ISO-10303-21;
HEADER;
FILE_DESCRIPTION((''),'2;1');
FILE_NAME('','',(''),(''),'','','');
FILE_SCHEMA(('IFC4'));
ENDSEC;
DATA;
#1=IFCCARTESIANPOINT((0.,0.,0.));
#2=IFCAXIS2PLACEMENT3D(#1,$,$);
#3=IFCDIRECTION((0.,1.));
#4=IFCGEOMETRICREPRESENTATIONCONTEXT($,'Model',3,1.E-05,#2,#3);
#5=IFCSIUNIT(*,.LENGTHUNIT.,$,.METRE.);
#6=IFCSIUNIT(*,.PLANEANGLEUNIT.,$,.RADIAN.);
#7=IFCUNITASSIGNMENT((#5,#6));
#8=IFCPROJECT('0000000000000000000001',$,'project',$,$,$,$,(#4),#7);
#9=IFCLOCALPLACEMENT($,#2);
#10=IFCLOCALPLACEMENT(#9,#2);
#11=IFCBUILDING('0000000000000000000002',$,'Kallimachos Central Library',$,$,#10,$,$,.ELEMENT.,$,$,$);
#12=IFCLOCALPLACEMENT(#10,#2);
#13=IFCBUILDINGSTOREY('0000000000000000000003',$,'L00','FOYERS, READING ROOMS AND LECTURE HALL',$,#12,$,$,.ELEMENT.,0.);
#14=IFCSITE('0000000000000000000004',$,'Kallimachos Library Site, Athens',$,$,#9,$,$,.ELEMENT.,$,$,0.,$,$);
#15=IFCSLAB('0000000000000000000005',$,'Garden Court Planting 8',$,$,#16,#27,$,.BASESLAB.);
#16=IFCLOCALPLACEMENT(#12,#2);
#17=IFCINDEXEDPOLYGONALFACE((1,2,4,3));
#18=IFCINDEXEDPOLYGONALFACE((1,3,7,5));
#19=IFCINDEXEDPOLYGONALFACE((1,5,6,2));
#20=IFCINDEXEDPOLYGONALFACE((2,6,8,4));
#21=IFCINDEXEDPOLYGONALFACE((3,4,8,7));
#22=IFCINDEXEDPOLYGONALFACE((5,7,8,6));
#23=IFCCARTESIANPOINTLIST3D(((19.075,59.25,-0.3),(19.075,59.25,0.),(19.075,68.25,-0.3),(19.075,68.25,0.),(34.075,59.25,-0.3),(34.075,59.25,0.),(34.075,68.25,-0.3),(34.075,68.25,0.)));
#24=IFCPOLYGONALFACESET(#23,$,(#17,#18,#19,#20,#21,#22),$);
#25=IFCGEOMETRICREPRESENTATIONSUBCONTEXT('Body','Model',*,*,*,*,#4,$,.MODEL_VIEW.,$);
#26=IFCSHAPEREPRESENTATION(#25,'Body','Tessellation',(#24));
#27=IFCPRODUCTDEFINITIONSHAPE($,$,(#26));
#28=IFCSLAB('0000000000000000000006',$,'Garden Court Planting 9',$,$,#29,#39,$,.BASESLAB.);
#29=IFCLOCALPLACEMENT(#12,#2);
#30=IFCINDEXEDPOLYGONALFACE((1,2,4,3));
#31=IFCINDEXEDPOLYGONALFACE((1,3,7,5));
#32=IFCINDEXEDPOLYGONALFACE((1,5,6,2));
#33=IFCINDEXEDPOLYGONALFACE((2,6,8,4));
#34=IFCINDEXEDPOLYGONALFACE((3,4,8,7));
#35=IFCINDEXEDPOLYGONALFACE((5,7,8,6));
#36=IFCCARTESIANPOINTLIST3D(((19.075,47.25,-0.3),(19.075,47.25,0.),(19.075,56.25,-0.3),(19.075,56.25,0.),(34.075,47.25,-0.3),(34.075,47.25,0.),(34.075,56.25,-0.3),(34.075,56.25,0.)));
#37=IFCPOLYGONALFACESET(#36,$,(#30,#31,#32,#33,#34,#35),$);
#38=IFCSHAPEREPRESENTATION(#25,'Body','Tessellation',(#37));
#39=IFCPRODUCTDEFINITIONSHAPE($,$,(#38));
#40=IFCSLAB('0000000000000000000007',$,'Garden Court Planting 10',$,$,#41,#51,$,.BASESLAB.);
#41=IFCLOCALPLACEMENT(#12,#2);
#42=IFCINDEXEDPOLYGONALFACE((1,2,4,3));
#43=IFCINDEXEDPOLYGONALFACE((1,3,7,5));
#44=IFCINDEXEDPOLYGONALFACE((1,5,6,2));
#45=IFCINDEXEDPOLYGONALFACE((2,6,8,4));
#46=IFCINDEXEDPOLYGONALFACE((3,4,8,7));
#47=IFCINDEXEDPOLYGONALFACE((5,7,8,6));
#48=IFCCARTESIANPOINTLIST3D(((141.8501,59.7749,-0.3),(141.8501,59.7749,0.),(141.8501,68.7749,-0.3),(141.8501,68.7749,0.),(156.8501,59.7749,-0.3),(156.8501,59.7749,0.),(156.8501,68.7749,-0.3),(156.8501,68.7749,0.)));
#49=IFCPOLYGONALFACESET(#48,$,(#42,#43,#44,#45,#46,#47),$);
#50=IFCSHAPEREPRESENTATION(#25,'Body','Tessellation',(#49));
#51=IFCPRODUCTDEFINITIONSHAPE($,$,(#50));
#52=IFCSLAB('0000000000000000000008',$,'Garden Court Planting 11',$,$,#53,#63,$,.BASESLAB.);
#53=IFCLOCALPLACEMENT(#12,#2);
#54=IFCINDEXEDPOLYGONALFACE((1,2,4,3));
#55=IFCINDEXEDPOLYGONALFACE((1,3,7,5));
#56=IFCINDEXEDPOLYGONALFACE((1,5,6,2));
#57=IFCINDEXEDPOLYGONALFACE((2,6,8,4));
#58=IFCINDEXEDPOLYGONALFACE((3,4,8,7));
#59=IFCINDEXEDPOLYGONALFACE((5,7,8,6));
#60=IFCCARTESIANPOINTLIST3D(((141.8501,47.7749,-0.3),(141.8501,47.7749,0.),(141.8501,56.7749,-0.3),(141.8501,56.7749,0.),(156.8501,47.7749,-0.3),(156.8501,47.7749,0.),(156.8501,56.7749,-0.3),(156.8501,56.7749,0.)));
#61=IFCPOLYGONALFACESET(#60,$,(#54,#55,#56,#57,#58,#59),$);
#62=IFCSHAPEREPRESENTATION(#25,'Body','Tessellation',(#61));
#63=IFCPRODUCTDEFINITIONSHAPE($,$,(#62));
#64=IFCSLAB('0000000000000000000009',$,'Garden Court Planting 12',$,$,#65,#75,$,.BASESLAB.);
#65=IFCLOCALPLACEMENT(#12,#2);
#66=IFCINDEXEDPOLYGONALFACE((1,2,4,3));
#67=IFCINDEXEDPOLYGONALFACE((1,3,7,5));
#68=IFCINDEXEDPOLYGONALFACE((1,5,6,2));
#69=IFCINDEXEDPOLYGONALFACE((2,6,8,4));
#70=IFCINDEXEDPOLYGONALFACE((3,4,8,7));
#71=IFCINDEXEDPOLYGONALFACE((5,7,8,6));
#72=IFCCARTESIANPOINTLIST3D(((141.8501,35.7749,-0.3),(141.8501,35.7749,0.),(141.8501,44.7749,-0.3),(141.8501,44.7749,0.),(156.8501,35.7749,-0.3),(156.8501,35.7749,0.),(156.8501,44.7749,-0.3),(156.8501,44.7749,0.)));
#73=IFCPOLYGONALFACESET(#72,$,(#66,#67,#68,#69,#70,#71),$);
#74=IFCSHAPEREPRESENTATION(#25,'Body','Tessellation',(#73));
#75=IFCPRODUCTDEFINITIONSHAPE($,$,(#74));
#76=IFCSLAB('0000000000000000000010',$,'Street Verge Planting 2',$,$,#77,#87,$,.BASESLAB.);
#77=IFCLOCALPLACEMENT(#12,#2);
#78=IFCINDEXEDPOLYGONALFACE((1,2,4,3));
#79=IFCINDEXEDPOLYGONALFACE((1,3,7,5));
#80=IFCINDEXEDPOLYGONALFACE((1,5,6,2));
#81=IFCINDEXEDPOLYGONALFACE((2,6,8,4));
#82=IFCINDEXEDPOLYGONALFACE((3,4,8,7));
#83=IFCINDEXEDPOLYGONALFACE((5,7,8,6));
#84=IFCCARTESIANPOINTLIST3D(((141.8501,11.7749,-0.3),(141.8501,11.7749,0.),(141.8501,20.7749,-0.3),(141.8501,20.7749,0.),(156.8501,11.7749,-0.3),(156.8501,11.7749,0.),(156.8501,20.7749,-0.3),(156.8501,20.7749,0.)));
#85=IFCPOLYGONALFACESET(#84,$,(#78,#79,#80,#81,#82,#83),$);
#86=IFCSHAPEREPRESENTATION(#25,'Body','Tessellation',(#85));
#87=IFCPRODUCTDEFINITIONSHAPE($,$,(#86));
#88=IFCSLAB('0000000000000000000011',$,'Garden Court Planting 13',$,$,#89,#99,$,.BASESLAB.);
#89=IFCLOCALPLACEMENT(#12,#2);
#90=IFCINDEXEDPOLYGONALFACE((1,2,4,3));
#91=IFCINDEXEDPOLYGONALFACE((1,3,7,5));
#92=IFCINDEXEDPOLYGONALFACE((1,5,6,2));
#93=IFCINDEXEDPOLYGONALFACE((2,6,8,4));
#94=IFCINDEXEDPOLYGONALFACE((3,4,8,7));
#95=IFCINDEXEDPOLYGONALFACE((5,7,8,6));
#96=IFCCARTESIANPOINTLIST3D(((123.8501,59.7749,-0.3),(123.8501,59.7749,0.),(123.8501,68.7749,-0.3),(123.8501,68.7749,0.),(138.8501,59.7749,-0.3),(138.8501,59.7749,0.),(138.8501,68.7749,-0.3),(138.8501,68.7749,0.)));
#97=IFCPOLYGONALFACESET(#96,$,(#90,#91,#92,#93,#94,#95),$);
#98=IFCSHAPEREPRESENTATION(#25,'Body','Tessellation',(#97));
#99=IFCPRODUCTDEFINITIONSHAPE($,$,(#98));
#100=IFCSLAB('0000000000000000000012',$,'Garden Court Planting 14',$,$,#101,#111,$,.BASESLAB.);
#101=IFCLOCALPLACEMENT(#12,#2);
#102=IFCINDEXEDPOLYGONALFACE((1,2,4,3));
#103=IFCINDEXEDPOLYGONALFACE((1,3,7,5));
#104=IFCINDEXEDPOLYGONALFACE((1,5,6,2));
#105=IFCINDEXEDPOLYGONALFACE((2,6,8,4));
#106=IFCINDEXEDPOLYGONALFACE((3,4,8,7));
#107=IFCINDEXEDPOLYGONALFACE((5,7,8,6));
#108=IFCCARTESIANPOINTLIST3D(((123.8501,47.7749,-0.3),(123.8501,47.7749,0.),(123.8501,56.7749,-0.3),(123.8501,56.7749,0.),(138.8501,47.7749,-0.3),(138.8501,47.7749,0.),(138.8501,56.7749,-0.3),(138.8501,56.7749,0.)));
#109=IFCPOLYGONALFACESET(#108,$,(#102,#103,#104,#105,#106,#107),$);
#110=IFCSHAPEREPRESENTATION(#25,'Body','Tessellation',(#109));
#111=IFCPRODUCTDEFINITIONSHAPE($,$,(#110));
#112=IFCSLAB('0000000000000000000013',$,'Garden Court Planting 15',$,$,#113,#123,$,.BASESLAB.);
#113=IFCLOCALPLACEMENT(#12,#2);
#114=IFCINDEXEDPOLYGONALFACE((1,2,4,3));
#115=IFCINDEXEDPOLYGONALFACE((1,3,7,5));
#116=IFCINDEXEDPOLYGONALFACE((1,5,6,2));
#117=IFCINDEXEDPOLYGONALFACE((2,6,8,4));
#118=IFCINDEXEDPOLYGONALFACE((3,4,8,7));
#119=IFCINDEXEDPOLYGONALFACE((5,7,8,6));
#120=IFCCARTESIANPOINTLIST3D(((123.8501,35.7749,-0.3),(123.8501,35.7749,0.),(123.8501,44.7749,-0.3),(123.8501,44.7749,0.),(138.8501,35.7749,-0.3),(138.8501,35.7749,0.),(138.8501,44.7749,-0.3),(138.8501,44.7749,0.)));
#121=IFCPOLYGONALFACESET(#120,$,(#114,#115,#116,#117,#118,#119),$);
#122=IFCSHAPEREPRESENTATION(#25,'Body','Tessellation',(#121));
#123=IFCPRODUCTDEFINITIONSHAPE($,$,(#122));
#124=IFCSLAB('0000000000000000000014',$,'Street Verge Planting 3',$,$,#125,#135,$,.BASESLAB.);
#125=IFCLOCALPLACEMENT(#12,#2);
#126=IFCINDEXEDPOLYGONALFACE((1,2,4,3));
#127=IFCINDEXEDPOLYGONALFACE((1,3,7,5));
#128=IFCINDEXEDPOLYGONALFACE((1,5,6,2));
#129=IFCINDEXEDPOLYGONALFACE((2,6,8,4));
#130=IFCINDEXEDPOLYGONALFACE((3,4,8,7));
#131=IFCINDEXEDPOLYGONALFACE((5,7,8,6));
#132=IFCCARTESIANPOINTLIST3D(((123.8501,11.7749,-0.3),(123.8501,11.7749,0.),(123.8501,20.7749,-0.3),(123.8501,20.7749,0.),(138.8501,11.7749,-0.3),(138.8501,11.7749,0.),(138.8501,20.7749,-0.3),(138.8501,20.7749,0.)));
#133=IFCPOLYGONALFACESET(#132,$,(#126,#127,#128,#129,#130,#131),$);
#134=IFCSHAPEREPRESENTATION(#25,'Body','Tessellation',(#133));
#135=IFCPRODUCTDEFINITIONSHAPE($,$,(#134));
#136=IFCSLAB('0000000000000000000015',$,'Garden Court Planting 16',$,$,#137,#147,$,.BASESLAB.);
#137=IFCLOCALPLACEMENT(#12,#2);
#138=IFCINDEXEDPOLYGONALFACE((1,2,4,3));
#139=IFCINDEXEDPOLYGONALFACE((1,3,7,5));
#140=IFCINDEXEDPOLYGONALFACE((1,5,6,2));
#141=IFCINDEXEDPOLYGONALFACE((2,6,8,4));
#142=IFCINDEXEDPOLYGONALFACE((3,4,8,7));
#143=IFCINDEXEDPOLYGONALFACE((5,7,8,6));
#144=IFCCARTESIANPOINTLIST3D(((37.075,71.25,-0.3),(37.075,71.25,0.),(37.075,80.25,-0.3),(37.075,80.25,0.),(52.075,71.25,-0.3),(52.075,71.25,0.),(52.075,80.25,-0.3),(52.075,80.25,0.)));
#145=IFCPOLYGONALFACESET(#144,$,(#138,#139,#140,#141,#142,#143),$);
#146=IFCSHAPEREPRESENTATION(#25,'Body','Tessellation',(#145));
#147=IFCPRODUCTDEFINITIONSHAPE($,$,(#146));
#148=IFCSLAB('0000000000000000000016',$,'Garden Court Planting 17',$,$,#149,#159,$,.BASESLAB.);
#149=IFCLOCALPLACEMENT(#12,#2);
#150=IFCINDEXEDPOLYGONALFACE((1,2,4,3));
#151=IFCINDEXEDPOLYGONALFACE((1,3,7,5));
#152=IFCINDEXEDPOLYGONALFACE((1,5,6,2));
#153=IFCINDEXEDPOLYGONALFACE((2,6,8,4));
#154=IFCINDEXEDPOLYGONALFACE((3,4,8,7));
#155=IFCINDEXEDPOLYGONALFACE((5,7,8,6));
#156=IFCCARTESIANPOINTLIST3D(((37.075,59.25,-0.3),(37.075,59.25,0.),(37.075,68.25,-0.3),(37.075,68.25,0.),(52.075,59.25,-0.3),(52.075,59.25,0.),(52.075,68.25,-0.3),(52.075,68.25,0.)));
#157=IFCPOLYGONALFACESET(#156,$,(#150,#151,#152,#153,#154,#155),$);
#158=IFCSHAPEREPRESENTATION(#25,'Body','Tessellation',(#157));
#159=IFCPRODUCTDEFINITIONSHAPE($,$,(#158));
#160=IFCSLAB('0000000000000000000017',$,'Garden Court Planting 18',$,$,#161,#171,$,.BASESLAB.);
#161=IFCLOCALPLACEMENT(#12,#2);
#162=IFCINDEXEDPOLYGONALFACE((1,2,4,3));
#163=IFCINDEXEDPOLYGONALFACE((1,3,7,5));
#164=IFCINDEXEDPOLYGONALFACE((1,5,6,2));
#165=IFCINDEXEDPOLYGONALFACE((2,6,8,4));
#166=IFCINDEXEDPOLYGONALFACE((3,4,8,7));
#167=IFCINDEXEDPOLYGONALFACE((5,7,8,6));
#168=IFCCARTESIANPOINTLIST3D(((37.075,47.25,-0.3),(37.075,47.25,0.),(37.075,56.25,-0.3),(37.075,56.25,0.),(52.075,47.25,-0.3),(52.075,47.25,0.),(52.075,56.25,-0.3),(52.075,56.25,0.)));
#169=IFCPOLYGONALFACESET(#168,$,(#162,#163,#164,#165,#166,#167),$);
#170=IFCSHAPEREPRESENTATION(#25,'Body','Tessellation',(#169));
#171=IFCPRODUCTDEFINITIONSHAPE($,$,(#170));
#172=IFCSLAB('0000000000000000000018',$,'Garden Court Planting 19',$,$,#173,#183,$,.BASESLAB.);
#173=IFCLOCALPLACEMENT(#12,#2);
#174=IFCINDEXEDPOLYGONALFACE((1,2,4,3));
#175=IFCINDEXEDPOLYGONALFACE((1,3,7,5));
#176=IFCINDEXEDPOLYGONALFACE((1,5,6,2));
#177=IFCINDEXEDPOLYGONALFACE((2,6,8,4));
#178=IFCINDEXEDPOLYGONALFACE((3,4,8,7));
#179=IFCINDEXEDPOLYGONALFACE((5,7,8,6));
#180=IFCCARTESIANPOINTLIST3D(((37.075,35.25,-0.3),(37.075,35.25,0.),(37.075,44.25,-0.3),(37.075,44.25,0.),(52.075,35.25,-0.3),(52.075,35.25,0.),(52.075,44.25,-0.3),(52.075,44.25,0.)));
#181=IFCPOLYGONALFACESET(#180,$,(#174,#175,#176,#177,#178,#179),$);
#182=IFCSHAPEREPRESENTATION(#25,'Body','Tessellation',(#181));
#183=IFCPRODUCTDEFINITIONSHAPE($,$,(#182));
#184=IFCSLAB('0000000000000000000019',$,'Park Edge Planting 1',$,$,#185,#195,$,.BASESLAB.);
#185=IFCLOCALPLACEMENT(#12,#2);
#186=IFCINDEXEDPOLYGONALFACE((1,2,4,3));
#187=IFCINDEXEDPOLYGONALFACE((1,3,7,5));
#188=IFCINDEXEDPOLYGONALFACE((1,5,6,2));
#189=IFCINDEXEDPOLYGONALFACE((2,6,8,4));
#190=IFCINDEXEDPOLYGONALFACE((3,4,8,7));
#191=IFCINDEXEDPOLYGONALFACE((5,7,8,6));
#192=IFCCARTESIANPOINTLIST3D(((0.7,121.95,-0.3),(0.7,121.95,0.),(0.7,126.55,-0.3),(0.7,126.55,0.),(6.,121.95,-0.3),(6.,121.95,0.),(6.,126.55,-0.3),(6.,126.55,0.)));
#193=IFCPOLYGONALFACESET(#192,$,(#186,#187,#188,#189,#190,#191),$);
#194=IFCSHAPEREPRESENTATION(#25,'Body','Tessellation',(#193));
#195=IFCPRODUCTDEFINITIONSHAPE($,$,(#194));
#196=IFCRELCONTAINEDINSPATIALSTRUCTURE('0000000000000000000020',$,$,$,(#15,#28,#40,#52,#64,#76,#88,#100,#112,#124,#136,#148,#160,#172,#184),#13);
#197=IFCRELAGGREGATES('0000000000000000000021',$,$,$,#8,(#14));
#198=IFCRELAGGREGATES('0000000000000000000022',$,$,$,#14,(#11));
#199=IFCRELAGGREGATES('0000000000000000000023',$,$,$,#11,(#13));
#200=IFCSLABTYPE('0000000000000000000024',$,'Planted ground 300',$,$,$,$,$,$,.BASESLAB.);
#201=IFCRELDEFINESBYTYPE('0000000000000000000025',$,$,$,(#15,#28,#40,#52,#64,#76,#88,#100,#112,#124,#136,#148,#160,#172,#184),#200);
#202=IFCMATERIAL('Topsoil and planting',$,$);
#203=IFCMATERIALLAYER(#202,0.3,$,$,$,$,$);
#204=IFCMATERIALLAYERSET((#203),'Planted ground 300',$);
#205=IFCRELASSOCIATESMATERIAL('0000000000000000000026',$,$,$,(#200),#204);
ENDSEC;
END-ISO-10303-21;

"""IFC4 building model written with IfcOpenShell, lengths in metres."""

from ifc_helpers import new_model, si_unit, direction, frame, origin, place, context, subcontext, project, spatial, polyline, outline, extrude, material, layer, layer_set, type_object, element, save


model = new_model("IFC4")

# Units and contexts
model_context = context("Model", 3, precision=1e-05, world=origin(), true_north=direction((0.0, 1.0)))
body_context = subcontext(model_context, "Body", "Model", "MODEL_VIEW")
ifc_project = project(units=[si_unit("LENGTHUNIT", "METRE"), si_unit("PLANEANGLEUNIT", "RADIAN")], contexts=[model_context])

# Site, building, storey
site_placement = place(None, origin())
site = spatial("IfcSite", under=ifc_project, at=site_placement, Name="Kallimachos Library Site, Athens", CompositionType="ELEMENT", RefElevation=0.0)
building_placement = place(site_placement, origin())
building = spatial("IfcBuilding", under=site, at=building_placement, Name="Kallimachos Central Library", CompositionType="ELEMENT")
storey_placement = place(building_placement, origin())
storey = spatial("IfcBuildingStorey", under=building, at=storey_placement, Name="L00", Description="FOYERS, READING ROOMS AND LECTURE HALL", CompositionType="ELEMENT", Elevation=0.0)

# Slabs
ifc_material_1 = material(Name="Topsoil and planting")
ifc_layer_1 = layer(ifc_material_1, 0.3)
ifc_layer_set_1 = layer_set([ifc_layer_1], Name="Planted ground 300")
slab_type = type_object("IfcSlabType", Name="Planted ground 300", PredefinedType="BASESLAB", material=ifc_layer_set_1)
slab_1_placement = place(storey_placement, frame((0.0, 0.0, -0.3)))
element("IfcSlab", 1, at=slab_1_placement, inside=storey, type_object=slab_type, Name="Garden Court Planting 8", PredefinedType="BASESLAB", context=body_context, shape_type="SweptSolid", body=[
    extrude(outline(polyline([(34.075, 59.25), (19.075, 59.25), (19.075, 68.25), (34.075, 68.25), (34.075, 59.25)])), origin(), (0.0, 0.0, 1.0), 0.3),
])
slab_2_placement = place(storey_placement, frame((0.0, 0.0, -0.3)))
element("IfcSlab", 2, at=slab_2_placement, inside=storey, type_object=slab_type, Name="Garden Court Planting 9", PredefinedType="BASESLAB", context=body_context, shape_type="SweptSolid", body=[
    extrude(outline(polyline([(34.075, 47.25), (19.075, 47.25), (19.075, 56.25), (34.075, 56.25), (34.075, 47.25)])), origin(), (0.0, 0.0, 1.0), 0.3),
])
slab_3_placement = place(storey_placement, frame((0.0, 0.0, -0.3)))
element("IfcSlab", 3, at=slab_3_placement, inside=storey, type_object=slab_type, Name="Garden Court Planting 10", PredefinedType="BASESLAB", context=body_context, shape_type="SweptSolid", body=[
    extrude(outline(polyline([(141.8501, 68.7749), (156.8501, 68.7749), (156.8501, 59.7749), (141.8501, 59.7749), (141.8501, 68.7749)])), origin(), (0.0, 0.0, 1.0), 0.3),
])
slab_4_placement = place(storey_placement, frame((0.0, 0.0, -0.3)))
element("IfcSlab", 4, at=slab_4_placement, inside=storey, type_object=slab_type, Name="Garden Court Planting 11", PredefinedType="BASESLAB", context=body_context, shape_type="SweptSolid", body=[
    extrude(outline(polyline([(141.8501, 47.7749), (141.8501, 56.7749), (156.8501, 56.7749), (156.8501, 47.7749), (141.8501, 47.7749)])), origin(), (0.0, 0.0, 1.0), 0.3),
])
slab_5_placement = place(storey_placement, frame((0.0, 0.0, -0.3)))
element("IfcSlab", 5, at=slab_5_placement, inside=storey, type_object=slab_type, Name="Garden Court Planting 12", PredefinedType="BASESLAB", context=body_context, shape_type="SweptSolid", body=[
    extrude(outline(polyline([(141.8501, 35.7749), (141.8501, 44.7749), (156.8501, 44.7749), (156.8501, 35.7749), (141.8501, 35.7749)])), origin(), (0.0, 0.0, 1.0), 0.3),
])
slab_6_placement = place(storey_placement, frame((0.0, 0.0, -0.3)))
element("IfcSlab", 6, at=slab_6_placement, inside=storey, type_object=slab_type, Name="Street Verge Planting 2", PredefinedType="BASESLAB", context=body_context, shape_type="SweptSolid", body=[
    extrude(outline(polyline([(141.8501, 11.7749), (141.8501, 20.7749), (156.8501, 20.7749), (156.8501, 11.7749), (141.8501, 11.7749)])), origin(), (0.0, 0.0, 1.0), 0.3),
])
slab_7_placement = place(storey_placement, frame((0.0, 0.0, -0.3)))
element("IfcSlab", 7, at=slab_7_placement, inside=storey, type_object=slab_type, Name="Garden Court Planting 13", PredefinedType="BASESLAB", context=body_context, shape_type="SweptSolid", body=[
    extrude(outline(polyline([(123.8501, 68.7749), (138.8501, 68.7749), (138.8501, 59.7749), (123.8501, 59.7749), (123.8501, 68.7749)])), origin(), (0.0, 0.0, 1.0), 0.3),
])
slab_8_placement = place(storey_placement, frame((0.0, 0.0, -0.3)))
element("IfcSlab", 8, at=slab_8_placement, inside=storey, type_object=slab_type, Name="Garden Court Planting 14", PredefinedType="BASESLAB", context=body_context, shape_type="SweptSolid", body=[
    extrude(outline(polyline([(123.8501, 47.7749), (123.8501, 56.7749), (138.8501, 56.7749), (138.8501, 47.7749), (123.8501, 47.7749)])), origin(), (0.0, 0.0, 1.0), 0.3),
])
slab_9_placement = place(storey_placement, frame((0.0, 0.0, -0.3)))
element("IfcSlab", 9, at=slab_9_placement, inside=storey, type_object=slab_type, Name="Garden Court Planting 15", PredefinedType="BASESLAB", context=body_context, shape_type="SweptSolid", body=[
    extrude(outline(polyline([(123.8501, 44.7749), (138.8501, 44.7749), (138.8501, 35.7749), (123.8501, 35.7749), (123.8501, 44.7749)])), origin(), (0.0, 0.0, 1.0), 0.3),
])
slab_10_placement = place(storey_placement, frame((0.0, 0.0, -0.3)))
element("IfcSlab", 10, at=slab_10_placement, inside=storey, type_object=slab_type, Name="Street Verge Planting 3", PredefinedType="BASESLAB", context=body_context, shape_type="SweptSolid", body=[
    extrude(outline(polyline([(123.8501, 11.7749), (123.8501, 20.7749), (138.8501, 20.7749), (138.8501, 11.7749), (123.8501, 11.7749)])), origin(), (0.0, 0.0, 1.0), 0.3),
])
slab_11_placement = place(storey_placement, frame((0.0, 0.0, -0.3)))
element("IfcSlab", 11, at=slab_11_placement, inside=storey, type_object=slab_type, Name="Garden Court Planting 16", PredefinedType="BASESLAB", context=body_context, shape_type="SweptSolid", body=[
    extrude(outline(polyline([(52.075, 71.25), (37.075, 71.25), (37.075, 80.25), (52.075, 80.25), (52.075, 71.25)])), origin(), (0.0, 0.0, 1.0), 0.3),
])
slab_12_placement = place(storey_placement, frame((0.0, 0.0, -0.3)))
element("IfcSlab", 12, at=slab_12_placement, inside=storey, type_object=slab_type, Name="Garden Court Planting 17", PredefinedType="BASESLAB", context=body_context, shape_type="SweptSolid", body=[
    extrude(outline(polyline([(52.075, 59.25), (37.075, 59.25), (37.075, 68.25), (52.075, 68.25), (52.075, 59.25)])), origin(), (0.0, 0.0, 1.0), 0.3),
])
slab_13_placement = place(storey_placement, frame((0.0, 0.0, -0.3)))
element("IfcSlab", 13, at=slab_13_placement, inside=storey, type_object=slab_type, Name="Garden Court Planting 18", PredefinedType="BASESLAB", context=body_context, shape_type="SweptSolid", body=[
    extrude(outline(polyline([(52.075, 47.25), (37.075, 47.25), (37.075, 56.25), (52.075, 56.25), (52.075, 47.25)])), origin(), (0.0, 0.0, 1.0), 0.3),
])
slab_14_placement = place(storey_placement, frame((0.0, 0.0, -0.3)))
element("IfcSlab", 14, at=slab_14_placement, inside=storey, type_object=slab_type, Name="Garden Court Planting 19", PredefinedType="BASESLAB", context=body_context, shape_type="SweptSolid", body=[
    extrude(outline(polyline([(52.075, 44.25), (52.075, 35.25), (37.075, 35.25), (37.075, 44.25), (52.075, 44.25)])), origin(), (0.0, 0.0, 1.0), 0.3),
])
slab_15_placement = place(storey_placement, frame((0.0, 0.0, -0.3)))
element("IfcSlab", 15, at=slab_15_placement, inside=storey, type_object=slab_type, Name="Park Edge Planting 1", PredefinedType="BASESLAB", context=body_context, shape_type="SweptSolid", body=[
    extrude(outline(polyline([(0.7, 126.55), (6.0, 126.55), (6.0, 121.95), (0.7, 121.95), (0.7, 126.55)])), origin(), (0.0, 0.0, 1.0), 0.3),
])

save(model, "model.ifc")
